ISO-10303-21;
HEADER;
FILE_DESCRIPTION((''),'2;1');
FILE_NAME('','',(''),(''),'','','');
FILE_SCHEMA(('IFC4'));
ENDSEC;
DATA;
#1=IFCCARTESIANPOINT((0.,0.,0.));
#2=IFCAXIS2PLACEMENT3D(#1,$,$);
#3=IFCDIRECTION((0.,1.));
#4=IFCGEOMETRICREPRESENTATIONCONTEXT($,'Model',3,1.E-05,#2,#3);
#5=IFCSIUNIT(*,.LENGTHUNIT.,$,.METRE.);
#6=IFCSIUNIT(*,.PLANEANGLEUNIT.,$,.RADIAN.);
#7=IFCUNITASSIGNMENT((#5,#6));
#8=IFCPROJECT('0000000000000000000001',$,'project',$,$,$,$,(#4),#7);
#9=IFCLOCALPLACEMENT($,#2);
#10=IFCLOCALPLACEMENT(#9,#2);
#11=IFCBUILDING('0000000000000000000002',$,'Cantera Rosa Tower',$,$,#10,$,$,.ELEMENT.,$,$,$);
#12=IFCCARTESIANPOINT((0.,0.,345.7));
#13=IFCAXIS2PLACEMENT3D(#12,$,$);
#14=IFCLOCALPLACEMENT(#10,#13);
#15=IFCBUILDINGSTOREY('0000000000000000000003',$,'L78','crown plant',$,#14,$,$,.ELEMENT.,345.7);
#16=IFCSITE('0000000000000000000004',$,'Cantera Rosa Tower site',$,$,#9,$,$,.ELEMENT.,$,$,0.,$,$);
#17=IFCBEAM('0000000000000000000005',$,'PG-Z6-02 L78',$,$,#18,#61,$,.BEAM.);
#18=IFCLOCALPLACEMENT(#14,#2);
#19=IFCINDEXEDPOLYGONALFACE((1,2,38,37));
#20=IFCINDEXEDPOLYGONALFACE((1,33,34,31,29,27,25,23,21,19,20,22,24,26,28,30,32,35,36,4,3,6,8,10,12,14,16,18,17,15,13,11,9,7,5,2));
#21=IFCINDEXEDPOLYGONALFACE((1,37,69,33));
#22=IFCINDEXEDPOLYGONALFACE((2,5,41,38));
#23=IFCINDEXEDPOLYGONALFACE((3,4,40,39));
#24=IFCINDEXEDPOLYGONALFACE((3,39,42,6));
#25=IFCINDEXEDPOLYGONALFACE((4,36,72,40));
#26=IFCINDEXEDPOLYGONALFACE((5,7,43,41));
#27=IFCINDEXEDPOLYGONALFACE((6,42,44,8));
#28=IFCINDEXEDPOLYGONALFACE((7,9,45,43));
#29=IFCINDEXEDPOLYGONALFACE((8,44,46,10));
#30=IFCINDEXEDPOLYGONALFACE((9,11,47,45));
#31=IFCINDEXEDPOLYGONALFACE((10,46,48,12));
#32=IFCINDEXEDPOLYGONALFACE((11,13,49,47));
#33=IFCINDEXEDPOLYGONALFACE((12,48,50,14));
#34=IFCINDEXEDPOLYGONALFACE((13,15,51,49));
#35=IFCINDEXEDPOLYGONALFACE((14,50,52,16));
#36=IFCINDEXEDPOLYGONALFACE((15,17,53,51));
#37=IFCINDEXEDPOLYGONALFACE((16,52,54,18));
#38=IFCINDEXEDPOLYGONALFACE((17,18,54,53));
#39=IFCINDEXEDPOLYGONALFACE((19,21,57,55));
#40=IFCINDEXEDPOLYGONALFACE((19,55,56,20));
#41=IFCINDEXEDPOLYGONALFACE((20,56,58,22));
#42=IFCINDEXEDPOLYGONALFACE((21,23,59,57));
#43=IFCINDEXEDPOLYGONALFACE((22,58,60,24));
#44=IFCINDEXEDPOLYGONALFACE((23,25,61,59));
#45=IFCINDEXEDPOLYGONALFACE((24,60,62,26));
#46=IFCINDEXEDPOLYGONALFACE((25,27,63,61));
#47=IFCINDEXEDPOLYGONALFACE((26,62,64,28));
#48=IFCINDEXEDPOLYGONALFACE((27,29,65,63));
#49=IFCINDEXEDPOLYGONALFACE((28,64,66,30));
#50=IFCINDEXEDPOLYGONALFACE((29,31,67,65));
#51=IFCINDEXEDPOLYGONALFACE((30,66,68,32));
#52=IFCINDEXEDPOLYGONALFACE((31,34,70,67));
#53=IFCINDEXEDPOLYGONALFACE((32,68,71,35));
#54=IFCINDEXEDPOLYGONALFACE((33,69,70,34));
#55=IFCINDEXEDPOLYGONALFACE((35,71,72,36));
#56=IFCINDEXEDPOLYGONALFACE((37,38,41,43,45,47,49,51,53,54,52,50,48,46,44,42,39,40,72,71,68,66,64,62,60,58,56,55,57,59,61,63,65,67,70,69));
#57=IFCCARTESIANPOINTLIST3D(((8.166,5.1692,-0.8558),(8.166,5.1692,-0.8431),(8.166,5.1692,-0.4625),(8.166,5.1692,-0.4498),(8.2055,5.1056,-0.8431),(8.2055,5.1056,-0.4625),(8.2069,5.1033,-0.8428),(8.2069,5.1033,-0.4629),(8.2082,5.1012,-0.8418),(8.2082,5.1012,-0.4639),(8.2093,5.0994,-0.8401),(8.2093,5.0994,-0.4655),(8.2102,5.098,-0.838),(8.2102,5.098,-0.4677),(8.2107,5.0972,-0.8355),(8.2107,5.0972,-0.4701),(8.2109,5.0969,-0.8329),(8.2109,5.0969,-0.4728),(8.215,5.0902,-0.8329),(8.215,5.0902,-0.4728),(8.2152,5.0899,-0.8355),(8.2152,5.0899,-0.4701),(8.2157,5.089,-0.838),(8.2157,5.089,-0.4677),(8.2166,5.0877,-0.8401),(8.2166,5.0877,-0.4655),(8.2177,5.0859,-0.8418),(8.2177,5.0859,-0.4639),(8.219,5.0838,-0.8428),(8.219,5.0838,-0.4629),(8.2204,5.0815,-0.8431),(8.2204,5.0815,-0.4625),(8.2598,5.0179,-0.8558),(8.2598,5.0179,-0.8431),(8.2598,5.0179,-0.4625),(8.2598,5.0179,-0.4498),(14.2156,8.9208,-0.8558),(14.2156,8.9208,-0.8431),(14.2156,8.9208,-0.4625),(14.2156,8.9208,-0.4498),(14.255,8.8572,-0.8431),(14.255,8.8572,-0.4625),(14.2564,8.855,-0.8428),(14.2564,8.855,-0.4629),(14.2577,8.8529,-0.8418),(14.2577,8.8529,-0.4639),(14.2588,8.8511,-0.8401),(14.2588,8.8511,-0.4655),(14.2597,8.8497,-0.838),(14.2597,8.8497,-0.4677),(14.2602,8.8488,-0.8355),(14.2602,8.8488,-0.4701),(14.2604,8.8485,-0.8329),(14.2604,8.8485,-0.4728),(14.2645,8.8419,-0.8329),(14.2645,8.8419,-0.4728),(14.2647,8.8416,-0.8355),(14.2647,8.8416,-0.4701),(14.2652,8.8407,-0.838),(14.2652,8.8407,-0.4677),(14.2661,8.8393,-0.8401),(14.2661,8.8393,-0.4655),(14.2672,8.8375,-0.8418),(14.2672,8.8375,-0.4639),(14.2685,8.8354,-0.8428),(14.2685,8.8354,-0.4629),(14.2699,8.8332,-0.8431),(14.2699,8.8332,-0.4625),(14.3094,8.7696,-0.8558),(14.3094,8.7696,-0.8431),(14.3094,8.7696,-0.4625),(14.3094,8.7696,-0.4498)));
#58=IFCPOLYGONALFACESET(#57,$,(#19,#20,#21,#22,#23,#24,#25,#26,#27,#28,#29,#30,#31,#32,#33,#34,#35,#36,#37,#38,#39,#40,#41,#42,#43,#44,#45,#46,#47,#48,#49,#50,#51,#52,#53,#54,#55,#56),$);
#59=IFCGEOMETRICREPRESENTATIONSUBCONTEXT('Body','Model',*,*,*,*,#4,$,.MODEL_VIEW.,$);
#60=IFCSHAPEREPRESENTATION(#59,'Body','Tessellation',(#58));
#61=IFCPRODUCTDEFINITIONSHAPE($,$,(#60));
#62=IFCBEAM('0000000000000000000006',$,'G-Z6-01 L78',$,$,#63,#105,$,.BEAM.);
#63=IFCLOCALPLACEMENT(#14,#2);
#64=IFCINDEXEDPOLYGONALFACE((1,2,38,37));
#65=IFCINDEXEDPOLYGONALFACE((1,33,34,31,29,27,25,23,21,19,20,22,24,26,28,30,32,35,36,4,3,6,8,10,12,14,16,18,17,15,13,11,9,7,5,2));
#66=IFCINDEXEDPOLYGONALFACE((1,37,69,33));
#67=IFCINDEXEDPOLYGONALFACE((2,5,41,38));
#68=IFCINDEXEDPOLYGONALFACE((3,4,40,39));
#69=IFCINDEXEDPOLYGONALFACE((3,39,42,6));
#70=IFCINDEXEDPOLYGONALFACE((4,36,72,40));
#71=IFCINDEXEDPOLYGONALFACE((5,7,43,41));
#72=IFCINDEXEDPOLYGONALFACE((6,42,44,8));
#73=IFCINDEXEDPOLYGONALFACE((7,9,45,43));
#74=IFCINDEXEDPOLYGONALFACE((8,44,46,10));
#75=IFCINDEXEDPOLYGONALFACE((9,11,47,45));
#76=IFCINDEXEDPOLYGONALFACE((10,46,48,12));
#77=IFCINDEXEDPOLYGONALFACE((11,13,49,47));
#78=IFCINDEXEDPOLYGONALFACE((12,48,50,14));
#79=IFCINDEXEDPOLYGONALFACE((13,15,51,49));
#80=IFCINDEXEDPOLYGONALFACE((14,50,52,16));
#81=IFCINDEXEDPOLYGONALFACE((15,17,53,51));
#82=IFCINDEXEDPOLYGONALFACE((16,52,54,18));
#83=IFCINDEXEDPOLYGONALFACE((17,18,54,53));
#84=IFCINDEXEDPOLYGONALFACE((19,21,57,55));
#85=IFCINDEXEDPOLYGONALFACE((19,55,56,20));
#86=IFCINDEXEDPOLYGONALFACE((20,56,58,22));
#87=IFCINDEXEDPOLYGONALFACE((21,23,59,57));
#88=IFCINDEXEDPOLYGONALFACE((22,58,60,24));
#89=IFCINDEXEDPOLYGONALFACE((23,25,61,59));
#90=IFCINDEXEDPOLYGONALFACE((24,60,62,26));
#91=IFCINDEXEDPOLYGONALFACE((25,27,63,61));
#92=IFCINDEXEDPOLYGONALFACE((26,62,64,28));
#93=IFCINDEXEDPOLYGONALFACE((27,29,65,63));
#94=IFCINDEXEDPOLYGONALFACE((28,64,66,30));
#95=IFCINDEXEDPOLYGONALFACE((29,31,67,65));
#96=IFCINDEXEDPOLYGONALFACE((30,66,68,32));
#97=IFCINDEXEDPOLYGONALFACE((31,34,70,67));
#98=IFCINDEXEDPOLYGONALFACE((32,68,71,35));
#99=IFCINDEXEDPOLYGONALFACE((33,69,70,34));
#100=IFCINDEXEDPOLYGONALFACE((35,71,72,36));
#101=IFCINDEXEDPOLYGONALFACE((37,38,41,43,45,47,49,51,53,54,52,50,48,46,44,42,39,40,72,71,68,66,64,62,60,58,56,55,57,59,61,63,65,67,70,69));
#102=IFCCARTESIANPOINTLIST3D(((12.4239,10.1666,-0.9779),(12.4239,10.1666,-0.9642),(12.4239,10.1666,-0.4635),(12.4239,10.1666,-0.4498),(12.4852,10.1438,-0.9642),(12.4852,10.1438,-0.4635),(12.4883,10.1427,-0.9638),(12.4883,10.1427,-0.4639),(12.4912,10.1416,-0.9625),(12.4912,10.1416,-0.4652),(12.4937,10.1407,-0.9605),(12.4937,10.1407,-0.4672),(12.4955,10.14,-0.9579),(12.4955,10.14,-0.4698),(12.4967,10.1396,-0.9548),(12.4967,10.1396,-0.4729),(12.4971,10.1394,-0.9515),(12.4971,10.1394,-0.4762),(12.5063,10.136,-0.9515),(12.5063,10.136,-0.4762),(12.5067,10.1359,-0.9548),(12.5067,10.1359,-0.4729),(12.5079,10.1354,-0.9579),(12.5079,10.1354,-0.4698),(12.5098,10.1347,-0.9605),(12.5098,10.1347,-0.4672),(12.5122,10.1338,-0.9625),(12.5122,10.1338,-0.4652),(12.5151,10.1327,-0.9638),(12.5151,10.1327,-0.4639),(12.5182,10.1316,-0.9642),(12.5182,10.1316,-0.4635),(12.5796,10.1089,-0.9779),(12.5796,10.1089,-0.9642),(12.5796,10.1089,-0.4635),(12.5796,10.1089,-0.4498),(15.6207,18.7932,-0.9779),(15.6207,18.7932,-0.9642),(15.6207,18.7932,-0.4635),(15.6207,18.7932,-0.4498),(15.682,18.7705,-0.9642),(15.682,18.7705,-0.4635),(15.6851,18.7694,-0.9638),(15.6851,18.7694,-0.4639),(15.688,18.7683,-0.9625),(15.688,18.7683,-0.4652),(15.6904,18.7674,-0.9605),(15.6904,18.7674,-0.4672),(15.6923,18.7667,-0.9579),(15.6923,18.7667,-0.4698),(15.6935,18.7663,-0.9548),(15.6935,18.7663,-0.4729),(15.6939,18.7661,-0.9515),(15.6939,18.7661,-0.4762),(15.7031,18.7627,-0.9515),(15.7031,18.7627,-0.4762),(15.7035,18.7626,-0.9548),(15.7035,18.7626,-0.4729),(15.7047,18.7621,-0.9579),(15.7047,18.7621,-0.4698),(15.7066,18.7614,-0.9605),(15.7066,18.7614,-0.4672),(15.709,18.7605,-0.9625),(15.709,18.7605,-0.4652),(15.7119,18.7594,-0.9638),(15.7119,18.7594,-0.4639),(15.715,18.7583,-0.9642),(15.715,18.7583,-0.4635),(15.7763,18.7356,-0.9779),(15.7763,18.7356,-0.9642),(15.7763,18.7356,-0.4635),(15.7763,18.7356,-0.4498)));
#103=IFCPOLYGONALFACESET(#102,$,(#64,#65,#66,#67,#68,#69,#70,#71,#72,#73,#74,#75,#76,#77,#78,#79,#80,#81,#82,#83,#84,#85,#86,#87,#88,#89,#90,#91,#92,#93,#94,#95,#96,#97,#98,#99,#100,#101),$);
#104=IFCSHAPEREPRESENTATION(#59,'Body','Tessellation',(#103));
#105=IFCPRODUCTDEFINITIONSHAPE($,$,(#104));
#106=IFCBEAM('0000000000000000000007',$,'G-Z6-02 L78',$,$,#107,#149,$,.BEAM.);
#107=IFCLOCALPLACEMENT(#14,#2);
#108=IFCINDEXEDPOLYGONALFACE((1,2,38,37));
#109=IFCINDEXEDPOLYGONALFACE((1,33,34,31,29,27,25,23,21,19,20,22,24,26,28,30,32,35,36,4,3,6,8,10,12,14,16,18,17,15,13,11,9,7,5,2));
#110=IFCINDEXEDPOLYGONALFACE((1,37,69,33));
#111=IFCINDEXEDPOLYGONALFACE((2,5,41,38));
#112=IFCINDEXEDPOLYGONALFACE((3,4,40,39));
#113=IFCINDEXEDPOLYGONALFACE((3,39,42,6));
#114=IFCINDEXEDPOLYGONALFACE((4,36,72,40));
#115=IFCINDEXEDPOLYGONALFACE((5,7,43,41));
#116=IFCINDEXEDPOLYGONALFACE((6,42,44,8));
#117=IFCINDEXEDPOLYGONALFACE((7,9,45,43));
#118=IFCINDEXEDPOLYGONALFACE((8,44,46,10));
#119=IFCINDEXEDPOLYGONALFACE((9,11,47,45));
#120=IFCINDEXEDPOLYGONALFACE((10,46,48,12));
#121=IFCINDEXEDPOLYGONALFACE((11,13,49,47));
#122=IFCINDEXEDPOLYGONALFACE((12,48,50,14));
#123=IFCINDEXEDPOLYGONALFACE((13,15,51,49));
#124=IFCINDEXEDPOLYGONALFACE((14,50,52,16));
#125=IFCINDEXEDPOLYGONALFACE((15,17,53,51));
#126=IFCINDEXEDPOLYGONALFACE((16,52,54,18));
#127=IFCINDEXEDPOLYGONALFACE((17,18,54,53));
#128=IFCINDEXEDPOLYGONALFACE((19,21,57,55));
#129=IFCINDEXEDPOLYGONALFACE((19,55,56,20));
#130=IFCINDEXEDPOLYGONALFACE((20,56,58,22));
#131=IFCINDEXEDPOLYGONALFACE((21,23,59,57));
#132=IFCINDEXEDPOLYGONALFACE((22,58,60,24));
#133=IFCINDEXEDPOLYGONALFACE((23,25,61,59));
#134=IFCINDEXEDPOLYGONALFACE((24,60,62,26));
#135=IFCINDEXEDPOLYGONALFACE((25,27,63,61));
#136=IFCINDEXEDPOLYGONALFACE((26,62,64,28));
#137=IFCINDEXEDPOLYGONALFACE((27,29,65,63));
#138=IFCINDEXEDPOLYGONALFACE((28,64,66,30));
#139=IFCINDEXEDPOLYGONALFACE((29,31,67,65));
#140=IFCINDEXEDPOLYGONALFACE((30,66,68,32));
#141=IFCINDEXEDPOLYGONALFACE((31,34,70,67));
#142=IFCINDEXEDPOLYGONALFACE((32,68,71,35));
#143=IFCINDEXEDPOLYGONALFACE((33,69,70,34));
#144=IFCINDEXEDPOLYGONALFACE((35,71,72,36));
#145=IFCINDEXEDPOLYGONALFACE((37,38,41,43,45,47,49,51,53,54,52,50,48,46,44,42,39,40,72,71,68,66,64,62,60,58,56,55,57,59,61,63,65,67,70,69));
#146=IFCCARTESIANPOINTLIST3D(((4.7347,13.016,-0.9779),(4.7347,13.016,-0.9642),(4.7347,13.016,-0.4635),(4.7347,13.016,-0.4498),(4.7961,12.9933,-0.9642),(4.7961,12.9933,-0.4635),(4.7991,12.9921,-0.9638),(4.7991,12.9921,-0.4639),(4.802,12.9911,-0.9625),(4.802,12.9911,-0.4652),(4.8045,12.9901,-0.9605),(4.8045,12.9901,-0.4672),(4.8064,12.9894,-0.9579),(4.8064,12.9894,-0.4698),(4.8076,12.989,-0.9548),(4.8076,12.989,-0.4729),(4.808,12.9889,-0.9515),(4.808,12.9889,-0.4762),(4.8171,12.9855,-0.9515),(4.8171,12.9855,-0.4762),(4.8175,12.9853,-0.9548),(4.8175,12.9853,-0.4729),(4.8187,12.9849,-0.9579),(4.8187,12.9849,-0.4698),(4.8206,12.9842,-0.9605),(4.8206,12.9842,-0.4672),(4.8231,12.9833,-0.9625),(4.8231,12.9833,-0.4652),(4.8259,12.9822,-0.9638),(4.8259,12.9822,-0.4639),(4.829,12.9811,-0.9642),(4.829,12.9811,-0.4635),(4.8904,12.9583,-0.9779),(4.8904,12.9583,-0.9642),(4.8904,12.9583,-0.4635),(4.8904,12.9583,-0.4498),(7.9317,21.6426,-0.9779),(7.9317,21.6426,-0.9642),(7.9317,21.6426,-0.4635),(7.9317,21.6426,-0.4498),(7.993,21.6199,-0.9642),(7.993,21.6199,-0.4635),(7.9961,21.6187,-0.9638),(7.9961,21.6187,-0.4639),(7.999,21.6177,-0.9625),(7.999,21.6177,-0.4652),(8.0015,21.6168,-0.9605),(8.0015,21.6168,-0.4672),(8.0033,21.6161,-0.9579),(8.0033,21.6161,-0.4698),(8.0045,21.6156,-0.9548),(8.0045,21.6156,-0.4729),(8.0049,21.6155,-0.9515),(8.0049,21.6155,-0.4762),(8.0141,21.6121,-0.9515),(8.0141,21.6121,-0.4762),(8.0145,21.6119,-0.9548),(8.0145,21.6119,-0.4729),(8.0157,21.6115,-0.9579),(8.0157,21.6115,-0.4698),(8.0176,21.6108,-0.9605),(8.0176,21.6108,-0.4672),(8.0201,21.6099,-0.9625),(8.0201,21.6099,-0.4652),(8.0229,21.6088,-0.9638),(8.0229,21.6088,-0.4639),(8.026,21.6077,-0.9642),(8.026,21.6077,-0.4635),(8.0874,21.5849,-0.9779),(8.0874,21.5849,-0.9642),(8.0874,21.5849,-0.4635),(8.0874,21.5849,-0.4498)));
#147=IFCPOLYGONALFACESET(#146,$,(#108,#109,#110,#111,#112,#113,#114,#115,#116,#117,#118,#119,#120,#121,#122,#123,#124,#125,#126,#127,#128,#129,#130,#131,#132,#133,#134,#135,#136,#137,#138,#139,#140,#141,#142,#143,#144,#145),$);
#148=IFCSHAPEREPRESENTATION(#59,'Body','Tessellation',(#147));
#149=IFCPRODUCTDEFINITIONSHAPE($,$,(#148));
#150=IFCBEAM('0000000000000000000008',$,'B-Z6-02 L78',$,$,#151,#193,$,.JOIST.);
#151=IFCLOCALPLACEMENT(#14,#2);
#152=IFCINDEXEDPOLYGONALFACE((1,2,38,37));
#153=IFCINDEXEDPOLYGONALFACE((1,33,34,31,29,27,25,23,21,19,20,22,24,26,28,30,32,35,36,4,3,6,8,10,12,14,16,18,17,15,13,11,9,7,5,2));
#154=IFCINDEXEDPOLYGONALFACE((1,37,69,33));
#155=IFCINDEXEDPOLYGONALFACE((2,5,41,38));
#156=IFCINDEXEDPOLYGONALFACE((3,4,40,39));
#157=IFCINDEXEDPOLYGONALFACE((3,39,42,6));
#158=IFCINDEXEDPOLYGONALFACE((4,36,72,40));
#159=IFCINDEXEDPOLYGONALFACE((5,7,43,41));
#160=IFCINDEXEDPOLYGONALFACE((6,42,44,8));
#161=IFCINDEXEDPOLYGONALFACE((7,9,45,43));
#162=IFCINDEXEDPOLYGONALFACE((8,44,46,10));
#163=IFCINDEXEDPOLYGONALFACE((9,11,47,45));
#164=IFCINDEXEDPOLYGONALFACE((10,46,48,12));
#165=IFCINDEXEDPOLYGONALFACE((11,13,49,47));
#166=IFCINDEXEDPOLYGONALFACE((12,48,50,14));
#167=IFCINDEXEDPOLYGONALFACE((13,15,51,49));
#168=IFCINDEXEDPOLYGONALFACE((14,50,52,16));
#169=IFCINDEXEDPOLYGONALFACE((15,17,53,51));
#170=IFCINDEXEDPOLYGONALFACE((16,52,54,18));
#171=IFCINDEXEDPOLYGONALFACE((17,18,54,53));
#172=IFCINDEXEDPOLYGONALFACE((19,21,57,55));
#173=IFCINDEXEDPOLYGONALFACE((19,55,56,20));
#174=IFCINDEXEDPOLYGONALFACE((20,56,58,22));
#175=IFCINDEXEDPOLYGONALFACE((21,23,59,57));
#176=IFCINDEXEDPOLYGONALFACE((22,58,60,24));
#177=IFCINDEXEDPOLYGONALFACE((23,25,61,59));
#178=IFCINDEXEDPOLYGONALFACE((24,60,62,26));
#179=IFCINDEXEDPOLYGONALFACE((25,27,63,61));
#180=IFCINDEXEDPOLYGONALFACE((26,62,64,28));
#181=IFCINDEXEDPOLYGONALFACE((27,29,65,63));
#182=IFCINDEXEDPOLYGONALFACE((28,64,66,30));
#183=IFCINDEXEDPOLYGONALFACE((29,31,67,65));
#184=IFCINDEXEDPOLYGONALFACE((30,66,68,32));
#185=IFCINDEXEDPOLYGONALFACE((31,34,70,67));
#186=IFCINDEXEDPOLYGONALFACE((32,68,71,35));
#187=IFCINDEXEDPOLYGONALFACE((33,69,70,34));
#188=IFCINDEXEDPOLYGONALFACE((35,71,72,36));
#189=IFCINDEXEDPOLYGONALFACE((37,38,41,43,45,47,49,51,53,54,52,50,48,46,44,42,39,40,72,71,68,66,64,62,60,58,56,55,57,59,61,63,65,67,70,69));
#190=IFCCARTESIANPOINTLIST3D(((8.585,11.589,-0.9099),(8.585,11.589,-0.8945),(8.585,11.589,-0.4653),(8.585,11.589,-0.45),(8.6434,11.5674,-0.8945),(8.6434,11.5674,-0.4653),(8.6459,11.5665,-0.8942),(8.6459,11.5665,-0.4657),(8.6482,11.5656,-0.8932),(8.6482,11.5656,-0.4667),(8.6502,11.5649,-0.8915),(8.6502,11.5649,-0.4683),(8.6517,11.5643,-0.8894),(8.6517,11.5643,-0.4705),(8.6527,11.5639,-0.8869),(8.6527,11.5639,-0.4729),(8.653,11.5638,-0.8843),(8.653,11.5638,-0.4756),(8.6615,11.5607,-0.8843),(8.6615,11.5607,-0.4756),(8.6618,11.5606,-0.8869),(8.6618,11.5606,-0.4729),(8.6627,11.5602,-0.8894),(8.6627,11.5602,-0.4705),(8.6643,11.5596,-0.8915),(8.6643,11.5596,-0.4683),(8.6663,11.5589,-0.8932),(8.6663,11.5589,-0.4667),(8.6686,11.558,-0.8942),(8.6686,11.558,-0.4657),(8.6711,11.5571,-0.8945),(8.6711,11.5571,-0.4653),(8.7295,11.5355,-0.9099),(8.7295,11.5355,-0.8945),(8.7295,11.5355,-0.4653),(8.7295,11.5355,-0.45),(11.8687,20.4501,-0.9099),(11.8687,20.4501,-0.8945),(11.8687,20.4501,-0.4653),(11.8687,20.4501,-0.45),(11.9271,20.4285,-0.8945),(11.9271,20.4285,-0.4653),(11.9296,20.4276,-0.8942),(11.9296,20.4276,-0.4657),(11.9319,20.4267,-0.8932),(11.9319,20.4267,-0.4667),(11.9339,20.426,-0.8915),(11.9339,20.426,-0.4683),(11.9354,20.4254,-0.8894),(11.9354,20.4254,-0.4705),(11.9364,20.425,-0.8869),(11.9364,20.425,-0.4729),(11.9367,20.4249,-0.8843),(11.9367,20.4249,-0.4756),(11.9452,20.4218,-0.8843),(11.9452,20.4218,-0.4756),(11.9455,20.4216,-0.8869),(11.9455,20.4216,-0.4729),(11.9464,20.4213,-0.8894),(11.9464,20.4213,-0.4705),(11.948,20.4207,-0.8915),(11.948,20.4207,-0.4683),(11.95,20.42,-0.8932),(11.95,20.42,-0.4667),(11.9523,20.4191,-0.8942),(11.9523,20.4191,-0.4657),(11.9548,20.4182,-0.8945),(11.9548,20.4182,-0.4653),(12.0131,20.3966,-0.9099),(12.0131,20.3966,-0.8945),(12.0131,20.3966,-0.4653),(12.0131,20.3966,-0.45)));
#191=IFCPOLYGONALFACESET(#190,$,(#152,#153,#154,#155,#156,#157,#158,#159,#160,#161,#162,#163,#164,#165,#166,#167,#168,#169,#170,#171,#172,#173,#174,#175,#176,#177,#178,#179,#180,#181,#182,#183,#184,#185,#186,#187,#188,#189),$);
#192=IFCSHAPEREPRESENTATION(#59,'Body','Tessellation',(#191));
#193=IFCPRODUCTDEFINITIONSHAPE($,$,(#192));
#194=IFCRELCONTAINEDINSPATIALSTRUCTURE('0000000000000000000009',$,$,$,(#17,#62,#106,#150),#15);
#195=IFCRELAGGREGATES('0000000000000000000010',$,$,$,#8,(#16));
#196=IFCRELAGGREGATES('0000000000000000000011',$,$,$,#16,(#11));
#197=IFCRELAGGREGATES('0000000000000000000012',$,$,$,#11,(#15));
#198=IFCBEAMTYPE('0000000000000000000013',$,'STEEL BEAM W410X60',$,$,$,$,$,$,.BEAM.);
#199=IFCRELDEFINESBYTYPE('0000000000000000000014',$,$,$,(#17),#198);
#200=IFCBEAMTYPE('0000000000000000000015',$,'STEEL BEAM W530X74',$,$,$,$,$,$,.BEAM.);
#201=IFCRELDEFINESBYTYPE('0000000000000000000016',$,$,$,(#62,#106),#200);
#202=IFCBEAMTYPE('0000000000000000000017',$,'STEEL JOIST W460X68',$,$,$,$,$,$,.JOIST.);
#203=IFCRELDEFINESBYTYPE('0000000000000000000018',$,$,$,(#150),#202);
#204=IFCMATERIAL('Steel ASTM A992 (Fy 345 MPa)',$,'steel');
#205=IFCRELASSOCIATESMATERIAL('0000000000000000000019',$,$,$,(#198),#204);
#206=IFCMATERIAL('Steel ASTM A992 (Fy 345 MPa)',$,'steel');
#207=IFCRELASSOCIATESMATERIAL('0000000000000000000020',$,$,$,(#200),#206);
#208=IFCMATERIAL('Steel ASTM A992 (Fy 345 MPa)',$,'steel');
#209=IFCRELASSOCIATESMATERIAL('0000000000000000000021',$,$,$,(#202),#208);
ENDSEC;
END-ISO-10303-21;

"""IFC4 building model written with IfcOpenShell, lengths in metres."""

from ifc_helpers import new_model, si_unit, direction, frame, origin, origin_2d, place, context, subcontext, project, spatial, i_section, extrude, material, material_profile, profile_set, type_object, element, save


model = new_model("IFC4")

# Units and contexts
model_context = context("Model", 3, precision=1e-05, world=origin(), true_north=direction((0.0, 1.0)))
body_context = subcontext(model_context, "Body", "Model", "MODEL_VIEW")
ifc_project = project(units=[si_unit("LENGTHUNIT", "METRE"), si_unit("PLANEANGLEUNIT", "RADIAN")], contexts=[model_context])

# Site, building, storey
site_placement = place(None, origin())
site = spatial("IfcSite", under=ifc_project, at=site_placement, Name="Cantera Rosa Tower site", CompositionType="ELEMENT", RefElevation=0.0)
building_placement = place(site_placement, origin())
building = spatial("IfcBuilding", under=site, at=building_placement, Name="Cantera Rosa Tower", CompositionType="ELEMENT")
storey_placement = place(building_placement, frame((0.0, 0.0, 345.7)))
storey = spatial("IfcBuildingStorey", under=building, at=storey_placement, Name="L78", Description="crown plant", CompositionType="ELEMENT", Elevation=345.7)

# Beams
ifc_material_1 = material(Name="Steel ASTM A992 (Fy 345 MPa)", Category="steel")
ifc_material_profile_1 = material_profile(ifc_material_1, i_section(OverallWidth=0.178, OverallDepth=0.406, WebThickness=0.0078, FlangeThickness=0.0127, FilletRadius=0.0103, at=origin_2d()), Name="W410X60")
ifc_profile_set_1 = profile_set([ifc_material_profile_1], Name="Steel ASTM A992 (Fy 345 MPa)")
beam_type_1 = type_object("IfcBeamType", Name="STEEL BEAM W410X60", PredefinedType="BEAM", material=ifc_profile_set_1)
beam_1_placement = place(storey_placement, frame((14.2625, 8.8452, -0.6528), z_axis=(-0.849841, -0.527039, 0.0), x_axis=(0.527039, -0.849841, 0.0)))
element("IfcBeam", 1, at=beam_1_placement, inside=storey, type_object=beam_type_1, Name="PG-Z6-02 L78", PredefinedType="BEAM", context=body_context, shape_type="SweptSolid", body=[
    extrude(i_section(OverallWidth=0.178, OverallDepth=0.406, WebThickness=0.0078, FlangeThickness=0.0127, FilletRadius=0.0103, at=origin_2d()), origin(), (0.0, 0.0, 1.0), 7.1184),
])
ifc_material_2 = material(Name="Steel ASTM A992 (Fy 345 MPa)", Category="steel")
ifc_material_profile_2 = material_profile(ifc_material_2, i_section(OverallWidth=0.166, OverallDepth=0.5281, WebThickness=0.0098, FlangeThickness=0.0137, FilletRadius=0.0127, at=origin_2d()), Name="W530X74")
ifc_profile_set_2 = profile_set([ifc_material_profile_2], Name="Steel ASTM A992 (Fy 345 MPa)")
beam_type_2 = type_object("IfcBeamType", Name="STEEL BEAM W530X74", PredefinedType="BEAM", material=ifc_profile_set_2)
for number, where, z_axis, x_axis, name in (
    (2, (15.6985, 18.7644, -0.7139), (-0.347477, -0.937689, 0.0), (0.937689, -0.347477, 0.0), "G-Z6-01 L78"),
    (3, (8.0095, 21.6138, -0.7139), (-0.3475, -0.93768, 0.0), (0.93768, -0.3475, 0.0), "G-Z6-02 L78"),
):
    element("IfcBeam", number, at=place(storey_placement, frame(where, z_axis=z_axis, x_axis=x_axis)), inside=storey, type_object=beam_type_2, Name=name, PredefinedType="BEAM", context=body_context, shape_type="SweptSolid", body=[
        extrude(i_section(OverallWidth=0.166, OverallDepth=0.5281, WebThickness=0.0098, FlangeThickness=0.0137, FilletRadius=0.0127, at=origin_2d()), origin(), (0.0, 0.0, 1.0), 9.2),
    ])
ifc_material_3 = material(Name="Steel ASTM A992 (Fy 345 MPa)", Category="steel")
ifc_material_profile_3 = material_profile(ifc_material_3, i_section(OverallWidth=0.1541, OverallDepth=0.46, WebThickness=0.009, FlangeThickness=0.0154, FilletRadius=0.0103, at=origin_2d()), Name="W460X68")
ifc_profile_set_3 = profile_set([ifc_material_profile_3], Name="Steel ASTM A992 (Fy 345 MPa)")
beam_type_3 = type_object("IfcBeamType", Name="STEEL JOIST W460X68", PredefinedType="JOIST", material=ifc_profile_set_3)
for number, where, z_axis, x_axis, name in (
    (4, (11.9409, 20.4233, -0.6799), (-0.347483, -0.937686, 0.0), (0.937686, -0.347483, 0.0), "B-Z6-02 L78"),
):
    element("IfcBeam", number, at=place(storey_placement, frame(where, z_axis=z_axis, x_axis=x_axis)), inside=storey, type_object=beam_type_3, Name=name, PredefinedType="JOIST", context=body_context, shape_type="SweptSolid", body=[
        extrude(i_section(OverallWidth=0.1541, OverallDepth=0.46, WebThickness=0.009, FlangeThickness=0.0154, FilletRadius=0.0103, at=origin_2d()), origin(), (0.0, 0.0, 1.0), 9.45),
    ])

save(model, "model.ifc")
